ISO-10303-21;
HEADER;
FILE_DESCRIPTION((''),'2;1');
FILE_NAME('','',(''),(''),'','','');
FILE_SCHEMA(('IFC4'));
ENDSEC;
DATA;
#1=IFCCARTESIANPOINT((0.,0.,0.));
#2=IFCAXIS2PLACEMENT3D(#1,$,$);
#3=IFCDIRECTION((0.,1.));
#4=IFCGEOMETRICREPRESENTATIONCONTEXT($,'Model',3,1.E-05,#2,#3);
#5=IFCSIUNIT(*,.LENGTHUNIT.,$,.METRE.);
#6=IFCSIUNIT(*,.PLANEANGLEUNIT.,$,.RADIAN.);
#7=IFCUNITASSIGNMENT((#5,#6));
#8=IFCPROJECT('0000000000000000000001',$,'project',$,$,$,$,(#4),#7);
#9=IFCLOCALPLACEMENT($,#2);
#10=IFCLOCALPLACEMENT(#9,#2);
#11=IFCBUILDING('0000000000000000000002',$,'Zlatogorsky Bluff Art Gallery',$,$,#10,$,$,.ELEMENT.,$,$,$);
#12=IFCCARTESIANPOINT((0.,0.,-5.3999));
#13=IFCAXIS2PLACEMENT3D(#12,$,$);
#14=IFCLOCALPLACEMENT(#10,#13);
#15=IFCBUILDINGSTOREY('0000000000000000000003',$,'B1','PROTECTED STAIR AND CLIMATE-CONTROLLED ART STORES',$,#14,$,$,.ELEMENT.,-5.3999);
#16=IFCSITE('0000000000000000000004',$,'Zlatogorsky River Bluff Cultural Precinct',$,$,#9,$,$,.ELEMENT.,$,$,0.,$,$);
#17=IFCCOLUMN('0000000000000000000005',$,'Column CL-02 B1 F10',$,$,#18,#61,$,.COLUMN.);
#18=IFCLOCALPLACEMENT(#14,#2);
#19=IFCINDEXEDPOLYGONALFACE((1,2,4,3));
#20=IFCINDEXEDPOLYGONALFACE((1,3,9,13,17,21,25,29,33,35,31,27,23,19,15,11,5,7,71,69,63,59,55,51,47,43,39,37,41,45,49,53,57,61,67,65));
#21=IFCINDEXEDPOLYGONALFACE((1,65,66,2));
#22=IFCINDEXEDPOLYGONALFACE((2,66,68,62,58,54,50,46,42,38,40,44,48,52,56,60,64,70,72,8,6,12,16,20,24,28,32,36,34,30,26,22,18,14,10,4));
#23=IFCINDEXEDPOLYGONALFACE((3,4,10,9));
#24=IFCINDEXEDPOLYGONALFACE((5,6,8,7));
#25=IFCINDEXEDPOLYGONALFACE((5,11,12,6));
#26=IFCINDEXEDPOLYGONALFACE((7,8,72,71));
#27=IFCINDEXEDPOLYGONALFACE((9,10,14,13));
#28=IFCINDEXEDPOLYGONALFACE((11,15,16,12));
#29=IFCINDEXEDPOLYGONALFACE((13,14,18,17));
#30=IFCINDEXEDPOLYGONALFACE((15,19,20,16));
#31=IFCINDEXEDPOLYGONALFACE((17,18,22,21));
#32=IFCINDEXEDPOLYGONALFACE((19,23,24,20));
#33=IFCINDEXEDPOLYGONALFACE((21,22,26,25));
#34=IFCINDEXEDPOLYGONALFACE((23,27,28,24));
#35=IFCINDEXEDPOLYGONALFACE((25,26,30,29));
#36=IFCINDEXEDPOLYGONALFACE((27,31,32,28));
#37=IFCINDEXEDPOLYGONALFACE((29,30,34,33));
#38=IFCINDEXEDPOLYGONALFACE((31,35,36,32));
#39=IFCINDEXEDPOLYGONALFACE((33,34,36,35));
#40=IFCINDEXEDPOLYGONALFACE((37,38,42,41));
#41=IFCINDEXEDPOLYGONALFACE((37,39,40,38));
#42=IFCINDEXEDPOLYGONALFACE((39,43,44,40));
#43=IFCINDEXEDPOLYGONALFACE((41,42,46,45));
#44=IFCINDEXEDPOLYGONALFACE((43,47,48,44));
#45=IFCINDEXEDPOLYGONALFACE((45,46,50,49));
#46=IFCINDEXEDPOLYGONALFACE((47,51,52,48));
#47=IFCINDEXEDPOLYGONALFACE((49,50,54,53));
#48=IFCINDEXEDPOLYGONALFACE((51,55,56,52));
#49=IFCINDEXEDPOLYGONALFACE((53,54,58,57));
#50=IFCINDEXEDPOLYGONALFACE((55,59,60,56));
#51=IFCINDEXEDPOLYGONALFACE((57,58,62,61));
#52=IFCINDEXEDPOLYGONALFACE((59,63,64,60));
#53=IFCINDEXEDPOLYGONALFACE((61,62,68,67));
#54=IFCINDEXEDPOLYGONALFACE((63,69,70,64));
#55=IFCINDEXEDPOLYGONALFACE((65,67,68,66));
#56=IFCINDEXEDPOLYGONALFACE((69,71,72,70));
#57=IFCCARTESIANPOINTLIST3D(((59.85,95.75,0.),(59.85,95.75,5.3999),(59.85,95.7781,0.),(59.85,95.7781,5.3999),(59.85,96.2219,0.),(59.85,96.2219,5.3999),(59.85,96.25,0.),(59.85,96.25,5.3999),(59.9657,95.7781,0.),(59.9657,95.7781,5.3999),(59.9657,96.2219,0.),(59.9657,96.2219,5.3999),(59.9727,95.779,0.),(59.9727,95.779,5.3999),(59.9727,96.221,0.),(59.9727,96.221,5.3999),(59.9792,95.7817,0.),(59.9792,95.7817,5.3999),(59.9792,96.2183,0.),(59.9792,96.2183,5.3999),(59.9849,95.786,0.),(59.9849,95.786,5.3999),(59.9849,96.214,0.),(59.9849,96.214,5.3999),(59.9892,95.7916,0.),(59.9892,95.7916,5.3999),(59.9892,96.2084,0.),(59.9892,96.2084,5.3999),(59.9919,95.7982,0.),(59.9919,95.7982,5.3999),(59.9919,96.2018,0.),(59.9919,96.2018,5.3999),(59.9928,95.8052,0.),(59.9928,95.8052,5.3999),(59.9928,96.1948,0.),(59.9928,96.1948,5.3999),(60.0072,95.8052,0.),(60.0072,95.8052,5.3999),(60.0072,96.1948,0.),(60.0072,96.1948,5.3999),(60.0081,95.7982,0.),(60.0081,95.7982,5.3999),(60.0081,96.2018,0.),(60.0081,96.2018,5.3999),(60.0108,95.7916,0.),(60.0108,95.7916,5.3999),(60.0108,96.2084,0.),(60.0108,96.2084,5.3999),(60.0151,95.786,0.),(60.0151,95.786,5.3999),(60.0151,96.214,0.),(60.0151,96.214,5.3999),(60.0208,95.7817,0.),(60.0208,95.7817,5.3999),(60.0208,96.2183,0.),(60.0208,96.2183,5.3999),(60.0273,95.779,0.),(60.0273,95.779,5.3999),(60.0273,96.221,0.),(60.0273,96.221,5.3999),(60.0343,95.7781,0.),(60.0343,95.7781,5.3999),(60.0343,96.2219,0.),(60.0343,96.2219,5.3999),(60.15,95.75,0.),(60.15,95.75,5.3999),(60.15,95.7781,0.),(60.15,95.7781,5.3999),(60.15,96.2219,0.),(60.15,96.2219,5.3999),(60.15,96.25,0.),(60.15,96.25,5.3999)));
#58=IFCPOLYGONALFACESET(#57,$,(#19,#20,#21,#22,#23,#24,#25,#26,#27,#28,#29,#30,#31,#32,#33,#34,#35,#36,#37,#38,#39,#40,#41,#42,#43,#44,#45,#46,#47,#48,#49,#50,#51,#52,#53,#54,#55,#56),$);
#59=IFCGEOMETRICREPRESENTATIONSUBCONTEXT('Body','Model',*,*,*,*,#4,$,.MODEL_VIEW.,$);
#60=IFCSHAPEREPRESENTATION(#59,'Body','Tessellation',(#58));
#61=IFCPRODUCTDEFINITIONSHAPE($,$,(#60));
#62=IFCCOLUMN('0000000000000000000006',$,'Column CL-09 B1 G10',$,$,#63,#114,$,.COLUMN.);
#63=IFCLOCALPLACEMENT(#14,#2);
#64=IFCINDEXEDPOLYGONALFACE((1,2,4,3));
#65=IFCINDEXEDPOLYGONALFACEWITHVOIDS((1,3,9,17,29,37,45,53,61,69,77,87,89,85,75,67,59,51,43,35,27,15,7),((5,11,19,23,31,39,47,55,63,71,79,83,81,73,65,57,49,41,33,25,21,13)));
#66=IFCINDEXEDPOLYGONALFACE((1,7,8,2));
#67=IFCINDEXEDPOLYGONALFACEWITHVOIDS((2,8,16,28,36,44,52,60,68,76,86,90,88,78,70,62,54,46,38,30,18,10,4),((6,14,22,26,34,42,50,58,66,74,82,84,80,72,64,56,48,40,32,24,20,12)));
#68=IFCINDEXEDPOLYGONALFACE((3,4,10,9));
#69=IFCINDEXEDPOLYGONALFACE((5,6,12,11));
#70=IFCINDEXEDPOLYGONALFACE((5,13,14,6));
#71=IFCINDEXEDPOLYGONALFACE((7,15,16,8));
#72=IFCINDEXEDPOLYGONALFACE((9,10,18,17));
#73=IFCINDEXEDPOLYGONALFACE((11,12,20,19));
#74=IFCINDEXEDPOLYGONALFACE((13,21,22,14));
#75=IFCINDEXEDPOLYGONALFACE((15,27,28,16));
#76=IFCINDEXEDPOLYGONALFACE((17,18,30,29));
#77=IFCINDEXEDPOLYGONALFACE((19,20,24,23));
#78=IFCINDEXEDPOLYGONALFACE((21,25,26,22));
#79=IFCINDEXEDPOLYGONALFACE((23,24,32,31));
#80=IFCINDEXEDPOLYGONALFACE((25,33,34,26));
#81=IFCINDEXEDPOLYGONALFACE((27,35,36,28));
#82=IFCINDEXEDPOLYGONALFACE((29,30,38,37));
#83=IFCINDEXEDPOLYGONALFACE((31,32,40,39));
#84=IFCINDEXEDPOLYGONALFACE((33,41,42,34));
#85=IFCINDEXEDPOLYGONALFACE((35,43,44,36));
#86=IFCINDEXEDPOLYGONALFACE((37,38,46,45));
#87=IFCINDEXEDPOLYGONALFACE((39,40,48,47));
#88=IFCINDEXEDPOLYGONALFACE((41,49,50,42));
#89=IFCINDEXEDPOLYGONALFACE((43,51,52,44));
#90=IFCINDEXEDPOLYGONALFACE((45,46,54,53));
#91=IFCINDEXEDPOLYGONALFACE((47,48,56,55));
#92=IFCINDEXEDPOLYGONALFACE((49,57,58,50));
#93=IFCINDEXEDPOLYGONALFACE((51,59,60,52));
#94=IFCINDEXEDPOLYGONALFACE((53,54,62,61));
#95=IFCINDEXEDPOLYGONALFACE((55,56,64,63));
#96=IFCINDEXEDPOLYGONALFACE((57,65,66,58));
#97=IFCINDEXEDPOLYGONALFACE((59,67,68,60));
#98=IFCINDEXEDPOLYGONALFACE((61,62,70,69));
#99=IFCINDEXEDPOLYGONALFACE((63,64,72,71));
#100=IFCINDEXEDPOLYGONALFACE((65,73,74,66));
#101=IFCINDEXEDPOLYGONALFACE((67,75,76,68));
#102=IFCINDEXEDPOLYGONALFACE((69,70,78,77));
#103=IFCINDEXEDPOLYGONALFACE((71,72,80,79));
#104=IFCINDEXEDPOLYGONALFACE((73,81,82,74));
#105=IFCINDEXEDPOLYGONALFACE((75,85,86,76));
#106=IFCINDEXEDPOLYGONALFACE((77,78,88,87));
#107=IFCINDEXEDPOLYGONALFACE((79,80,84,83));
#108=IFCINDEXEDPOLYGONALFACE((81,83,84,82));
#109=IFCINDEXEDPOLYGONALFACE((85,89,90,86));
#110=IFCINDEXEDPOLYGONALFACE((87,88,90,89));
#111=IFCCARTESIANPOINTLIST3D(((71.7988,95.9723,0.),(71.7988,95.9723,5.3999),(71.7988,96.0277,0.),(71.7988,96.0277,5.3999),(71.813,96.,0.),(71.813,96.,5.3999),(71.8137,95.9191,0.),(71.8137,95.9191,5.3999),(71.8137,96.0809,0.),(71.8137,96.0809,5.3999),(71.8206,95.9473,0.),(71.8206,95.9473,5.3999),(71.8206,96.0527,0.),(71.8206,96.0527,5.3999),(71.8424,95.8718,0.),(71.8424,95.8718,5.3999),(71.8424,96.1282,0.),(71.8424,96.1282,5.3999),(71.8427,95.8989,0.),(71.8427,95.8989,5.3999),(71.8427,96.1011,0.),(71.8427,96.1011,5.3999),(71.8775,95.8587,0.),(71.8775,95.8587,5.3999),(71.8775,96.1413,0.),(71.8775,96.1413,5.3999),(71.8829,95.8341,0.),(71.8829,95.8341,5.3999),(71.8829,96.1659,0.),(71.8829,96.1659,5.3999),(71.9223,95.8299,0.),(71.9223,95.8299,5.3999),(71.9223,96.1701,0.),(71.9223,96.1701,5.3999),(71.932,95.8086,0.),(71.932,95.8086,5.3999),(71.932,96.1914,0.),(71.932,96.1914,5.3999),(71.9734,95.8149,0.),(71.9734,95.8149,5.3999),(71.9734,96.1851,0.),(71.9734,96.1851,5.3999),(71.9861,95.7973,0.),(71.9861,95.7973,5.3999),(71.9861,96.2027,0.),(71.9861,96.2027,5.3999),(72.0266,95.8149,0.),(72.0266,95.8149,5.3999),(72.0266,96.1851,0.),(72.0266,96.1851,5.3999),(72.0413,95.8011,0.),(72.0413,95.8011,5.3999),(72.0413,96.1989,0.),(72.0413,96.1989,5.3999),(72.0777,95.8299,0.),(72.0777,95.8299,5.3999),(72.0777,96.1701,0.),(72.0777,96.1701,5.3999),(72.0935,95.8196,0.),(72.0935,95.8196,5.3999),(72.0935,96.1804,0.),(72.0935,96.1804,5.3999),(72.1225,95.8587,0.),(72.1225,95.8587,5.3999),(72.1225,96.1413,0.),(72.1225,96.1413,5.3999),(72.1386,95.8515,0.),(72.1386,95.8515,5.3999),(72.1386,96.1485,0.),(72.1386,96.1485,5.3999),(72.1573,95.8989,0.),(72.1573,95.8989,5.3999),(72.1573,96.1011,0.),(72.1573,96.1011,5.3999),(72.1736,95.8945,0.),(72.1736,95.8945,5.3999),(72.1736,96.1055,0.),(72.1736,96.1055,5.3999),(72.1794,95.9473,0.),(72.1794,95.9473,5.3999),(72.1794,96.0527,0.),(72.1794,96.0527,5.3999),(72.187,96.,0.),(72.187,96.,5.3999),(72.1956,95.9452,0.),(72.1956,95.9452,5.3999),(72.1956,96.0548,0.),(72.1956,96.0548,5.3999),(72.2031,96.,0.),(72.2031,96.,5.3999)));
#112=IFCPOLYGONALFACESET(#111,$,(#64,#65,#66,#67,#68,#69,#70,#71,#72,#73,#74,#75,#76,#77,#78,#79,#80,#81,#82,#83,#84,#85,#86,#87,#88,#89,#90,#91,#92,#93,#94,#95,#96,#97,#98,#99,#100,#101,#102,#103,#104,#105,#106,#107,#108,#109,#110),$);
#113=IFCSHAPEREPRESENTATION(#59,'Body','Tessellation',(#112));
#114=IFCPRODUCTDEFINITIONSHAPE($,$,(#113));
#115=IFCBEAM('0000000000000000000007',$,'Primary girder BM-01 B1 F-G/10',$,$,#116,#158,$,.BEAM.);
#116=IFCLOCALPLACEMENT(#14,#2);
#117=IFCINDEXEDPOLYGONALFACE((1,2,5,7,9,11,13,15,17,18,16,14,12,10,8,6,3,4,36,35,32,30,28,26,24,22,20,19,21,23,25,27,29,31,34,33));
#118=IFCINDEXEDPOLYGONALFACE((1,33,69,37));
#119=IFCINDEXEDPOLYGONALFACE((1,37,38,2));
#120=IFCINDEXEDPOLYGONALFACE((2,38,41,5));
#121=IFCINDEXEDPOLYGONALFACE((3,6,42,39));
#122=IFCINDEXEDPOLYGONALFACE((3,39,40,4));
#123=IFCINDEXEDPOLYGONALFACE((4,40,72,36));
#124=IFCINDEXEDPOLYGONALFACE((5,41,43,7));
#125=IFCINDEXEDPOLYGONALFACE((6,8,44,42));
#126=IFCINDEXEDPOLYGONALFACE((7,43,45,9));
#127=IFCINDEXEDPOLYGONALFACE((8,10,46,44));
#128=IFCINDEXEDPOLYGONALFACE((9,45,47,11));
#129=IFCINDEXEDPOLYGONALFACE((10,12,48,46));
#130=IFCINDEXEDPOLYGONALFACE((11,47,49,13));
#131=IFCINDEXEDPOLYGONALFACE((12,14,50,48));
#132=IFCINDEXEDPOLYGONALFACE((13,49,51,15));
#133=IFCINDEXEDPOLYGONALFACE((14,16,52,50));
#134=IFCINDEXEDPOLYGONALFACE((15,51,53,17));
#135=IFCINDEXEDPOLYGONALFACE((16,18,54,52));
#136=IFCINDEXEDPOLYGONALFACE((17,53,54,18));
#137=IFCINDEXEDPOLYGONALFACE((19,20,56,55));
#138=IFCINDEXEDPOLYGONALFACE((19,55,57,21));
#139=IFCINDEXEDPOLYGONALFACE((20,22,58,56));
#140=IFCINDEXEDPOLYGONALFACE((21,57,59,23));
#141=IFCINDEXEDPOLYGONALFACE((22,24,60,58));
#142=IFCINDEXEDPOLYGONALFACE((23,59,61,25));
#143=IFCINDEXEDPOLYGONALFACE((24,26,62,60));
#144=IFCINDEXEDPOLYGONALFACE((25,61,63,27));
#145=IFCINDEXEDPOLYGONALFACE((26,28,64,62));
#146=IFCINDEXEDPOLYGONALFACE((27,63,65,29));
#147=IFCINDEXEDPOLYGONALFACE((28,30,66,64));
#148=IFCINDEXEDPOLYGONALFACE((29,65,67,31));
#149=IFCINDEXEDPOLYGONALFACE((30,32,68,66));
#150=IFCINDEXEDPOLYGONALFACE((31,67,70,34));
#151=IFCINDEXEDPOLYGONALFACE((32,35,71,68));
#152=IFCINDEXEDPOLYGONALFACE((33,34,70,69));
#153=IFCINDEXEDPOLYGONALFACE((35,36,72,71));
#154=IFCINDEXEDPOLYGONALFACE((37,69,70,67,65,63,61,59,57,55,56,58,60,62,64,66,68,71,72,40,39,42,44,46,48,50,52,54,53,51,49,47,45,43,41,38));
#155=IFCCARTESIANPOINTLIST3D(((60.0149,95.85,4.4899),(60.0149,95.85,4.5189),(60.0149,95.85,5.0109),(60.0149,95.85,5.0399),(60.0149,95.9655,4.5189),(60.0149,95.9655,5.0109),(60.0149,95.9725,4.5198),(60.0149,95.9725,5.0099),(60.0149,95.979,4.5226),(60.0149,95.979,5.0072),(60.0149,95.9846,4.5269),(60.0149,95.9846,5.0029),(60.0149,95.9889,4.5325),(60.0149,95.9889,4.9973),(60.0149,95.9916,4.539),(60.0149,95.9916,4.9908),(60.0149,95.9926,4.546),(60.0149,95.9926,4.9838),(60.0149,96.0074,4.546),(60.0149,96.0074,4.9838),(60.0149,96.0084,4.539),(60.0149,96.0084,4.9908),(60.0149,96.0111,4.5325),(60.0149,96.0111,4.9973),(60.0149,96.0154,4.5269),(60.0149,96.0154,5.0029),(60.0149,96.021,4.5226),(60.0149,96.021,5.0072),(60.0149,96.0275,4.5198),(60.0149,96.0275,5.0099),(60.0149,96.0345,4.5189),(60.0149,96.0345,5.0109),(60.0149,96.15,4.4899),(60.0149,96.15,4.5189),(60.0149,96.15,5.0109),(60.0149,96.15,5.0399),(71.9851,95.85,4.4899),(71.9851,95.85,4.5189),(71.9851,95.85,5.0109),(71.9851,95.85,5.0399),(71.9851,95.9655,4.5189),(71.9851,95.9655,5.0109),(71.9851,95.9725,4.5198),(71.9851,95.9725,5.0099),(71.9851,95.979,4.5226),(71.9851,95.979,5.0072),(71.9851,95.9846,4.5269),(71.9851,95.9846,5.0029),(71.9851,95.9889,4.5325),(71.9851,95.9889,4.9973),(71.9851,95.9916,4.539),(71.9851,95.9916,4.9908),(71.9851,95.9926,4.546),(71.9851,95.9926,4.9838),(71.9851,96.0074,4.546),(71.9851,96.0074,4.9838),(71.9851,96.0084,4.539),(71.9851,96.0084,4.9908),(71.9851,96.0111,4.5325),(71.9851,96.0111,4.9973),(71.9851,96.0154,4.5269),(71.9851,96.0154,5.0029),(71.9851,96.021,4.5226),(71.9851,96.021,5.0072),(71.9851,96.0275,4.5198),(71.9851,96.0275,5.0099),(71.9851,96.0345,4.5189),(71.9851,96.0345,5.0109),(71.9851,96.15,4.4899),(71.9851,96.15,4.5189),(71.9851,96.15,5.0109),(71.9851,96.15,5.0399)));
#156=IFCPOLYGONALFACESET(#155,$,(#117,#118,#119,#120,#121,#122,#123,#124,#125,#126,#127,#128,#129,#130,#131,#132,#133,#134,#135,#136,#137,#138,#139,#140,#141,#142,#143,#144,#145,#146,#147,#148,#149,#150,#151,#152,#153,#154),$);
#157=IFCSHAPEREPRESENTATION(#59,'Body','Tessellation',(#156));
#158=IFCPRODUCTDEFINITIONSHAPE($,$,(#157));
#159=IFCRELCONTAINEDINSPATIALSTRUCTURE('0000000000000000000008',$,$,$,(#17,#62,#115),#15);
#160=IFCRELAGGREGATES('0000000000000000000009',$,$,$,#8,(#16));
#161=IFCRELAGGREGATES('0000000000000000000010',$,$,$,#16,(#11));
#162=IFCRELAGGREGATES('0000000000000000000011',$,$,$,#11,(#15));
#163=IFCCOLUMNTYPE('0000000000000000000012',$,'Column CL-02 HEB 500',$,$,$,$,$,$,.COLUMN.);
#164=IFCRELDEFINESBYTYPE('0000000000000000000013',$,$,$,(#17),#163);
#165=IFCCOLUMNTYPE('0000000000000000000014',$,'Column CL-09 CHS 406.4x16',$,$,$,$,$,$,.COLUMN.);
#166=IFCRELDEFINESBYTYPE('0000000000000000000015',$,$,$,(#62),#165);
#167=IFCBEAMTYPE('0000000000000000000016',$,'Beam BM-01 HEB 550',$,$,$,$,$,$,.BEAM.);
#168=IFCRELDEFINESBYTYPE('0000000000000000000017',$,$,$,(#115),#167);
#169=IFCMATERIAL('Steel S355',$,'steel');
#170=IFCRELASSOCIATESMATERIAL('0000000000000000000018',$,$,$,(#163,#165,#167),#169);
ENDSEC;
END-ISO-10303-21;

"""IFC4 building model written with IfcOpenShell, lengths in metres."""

from ifc_helpers import new_model, si_unit, direction, frame, origin, origin_2d, place, context, subcontext, project, spatial, hollow_circle, i_section, extrude, material, material_profile, profile_set, type_object, element, save


model = new_model("IFC4")

# Units and contexts
model_context = context("Model", 3, precision=1e-05, world=origin(), true_north=direction((0.0, 1.0)))
body_context = subcontext(model_context, "Body", "Model", "MODEL_VIEW")
ifc_project = project(units=[si_unit("LENGTHUNIT", "METRE"), si_unit("PLANEANGLEUNIT", "RADIAN")], contexts=[model_context])

# Site, building, storey
site_placement = place(None, origin())
site = spatial("IfcSite", under=ifc_project, at=site_placement, Name="Zlatogorsky River Bluff Cultural Precinct", CompositionType="ELEMENT", RefElevation=0.0)
building_placement = place(site_placement, origin())
building = spatial("IfcBuilding", under=site, at=building_placement, Name="Zlatogorsky Bluff Art Gallery", CompositionType="ELEMENT")
storey_placement = place(building_placement, frame((0.0, 0.0, -5.3999)))
storey = spatial("IfcBuildingStorey", under=building, at=storey_placement, Name="B1", Description="PROTECTED STAIR AND CLIMATE-CONTROLLED ART STORES", CompositionType="ELEMENT", Elevation=-5.3999)

# Columns
ifc_material_1 = material(Name="Steel S355", Category="steel")
ifc_material_profile_1 = material_profile(ifc_material_1, i_section(OverallWidth=0.3, OverallDepth=0.5, WebThickness=0.0144, FlangeThickness=0.0281, FilletRadius=0.0271, at=origin_2d()), Name="HEB 500")
ifc_profile_set_1 = profile_set([ifc_material_profile_1], Name="Steel S355")
column_type_1 = type_object("IfcColumnType", Name="Column CL-02 HEB 500", PredefinedType="COLUMN", material=ifc_profile_set_1)
column_1_placement = place(storey_placement, frame((60.0, 96.0, 0.0), z_axis=(0.0, 0.0, 1.0), x_axis=(1.0, 0.0, 0.0)))
element("IfcColumn", 1, at=column_1_placement, inside=storey, type_object=column_type_1, Name="Column CL-02 B1 F10", PredefinedType="COLUMN", context=body_context, shape_type="SweptSolid", body=[
    extrude(i_section(OverallWidth=0.3, OverallDepth=0.5, WebThickness=0.0144, FlangeThickness=0.0281, FilletRadius=0.0271, at=origin_2d()), origin(), (0.0, 0.0, 1.0), 5.3999),
])
ifc_material_profile_2 = material_profile(ifc_material_1, hollow_circle(Radius=0.2031, WallThickness=0.0161, at=origin_2d()), Name="CHS 406.4x16")
ifc_profile_set_2 = profile_set([ifc_material_profile_2], Name="Steel S355")
column_type_2 = type_object("IfcColumnType", Name="Column CL-09 CHS 406.4x16", PredefinedType="COLUMN", material=ifc_profile_set_2)
column_2_placement = place(storey_placement, frame((72.0, 96.0, 0.0), z_axis=(0.0, 0.0, 1.0), x_axis=(1.0, 0.0, 0.0)))
element("IfcColumn", 2, at=column_2_placement, inside=storey, type_object=column_type_2, Name="Column CL-09 B1 G10", PredefinedType="COLUMN", context=body_context, shape_type="SweptSolid", body=[
    extrude(hollow_circle(Radius=0.2031, WallThickness=0.0161, at=origin_2d()), origin(), (0.0, 0.0, 1.0), 5.3999),
])

# Beam
ifc_material_profile_3 = material_profile(ifc_material_1, i_section(OverallWidth=0.3, OverallDepth=0.55, WebThickness=0.0149, FlangeThickness=0.0291, FilletRadius=0.0271, at=origin_2d()), Name="HEB 550")
ifc_profile_set_3 = profile_set([ifc_material_profile_3], Name="Steel S355")
beam_type_1 = type_object("IfcBeamType", Name="Beam BM-01 HEB 550", PredefinedType="BEAM", material=ifc_profile_set_3)
for number, where, z_axis, x_axis, name in (
    (3, (60.0149, 96.0, 4.7649), (1.0, 0.0, 0.0), (0.0, 1.0, 0.0), "Primary girder BM-01 B1 F-G/10"),
):
    element("IfcBeam", number, at=place(storey_placement, frame(where, z_axis=z_axis, x_axis=x_axis)), inside=storey, type_object=beam_type_1, Name=name, PredefinedType="BEAM", context=body_context, shape_type="SweptSolid", body=[
        extrude(i_section(OverallWidth=0.3, OverallDepth=0.55, WebThickness=0.0149, FlangeThickness=0.0291, FilletRadius=0.0271, at=origin_2d()), origin(), (0.0, 0.0, 1.0), 11.9702),
    ])

save(model, "model.ifc")
